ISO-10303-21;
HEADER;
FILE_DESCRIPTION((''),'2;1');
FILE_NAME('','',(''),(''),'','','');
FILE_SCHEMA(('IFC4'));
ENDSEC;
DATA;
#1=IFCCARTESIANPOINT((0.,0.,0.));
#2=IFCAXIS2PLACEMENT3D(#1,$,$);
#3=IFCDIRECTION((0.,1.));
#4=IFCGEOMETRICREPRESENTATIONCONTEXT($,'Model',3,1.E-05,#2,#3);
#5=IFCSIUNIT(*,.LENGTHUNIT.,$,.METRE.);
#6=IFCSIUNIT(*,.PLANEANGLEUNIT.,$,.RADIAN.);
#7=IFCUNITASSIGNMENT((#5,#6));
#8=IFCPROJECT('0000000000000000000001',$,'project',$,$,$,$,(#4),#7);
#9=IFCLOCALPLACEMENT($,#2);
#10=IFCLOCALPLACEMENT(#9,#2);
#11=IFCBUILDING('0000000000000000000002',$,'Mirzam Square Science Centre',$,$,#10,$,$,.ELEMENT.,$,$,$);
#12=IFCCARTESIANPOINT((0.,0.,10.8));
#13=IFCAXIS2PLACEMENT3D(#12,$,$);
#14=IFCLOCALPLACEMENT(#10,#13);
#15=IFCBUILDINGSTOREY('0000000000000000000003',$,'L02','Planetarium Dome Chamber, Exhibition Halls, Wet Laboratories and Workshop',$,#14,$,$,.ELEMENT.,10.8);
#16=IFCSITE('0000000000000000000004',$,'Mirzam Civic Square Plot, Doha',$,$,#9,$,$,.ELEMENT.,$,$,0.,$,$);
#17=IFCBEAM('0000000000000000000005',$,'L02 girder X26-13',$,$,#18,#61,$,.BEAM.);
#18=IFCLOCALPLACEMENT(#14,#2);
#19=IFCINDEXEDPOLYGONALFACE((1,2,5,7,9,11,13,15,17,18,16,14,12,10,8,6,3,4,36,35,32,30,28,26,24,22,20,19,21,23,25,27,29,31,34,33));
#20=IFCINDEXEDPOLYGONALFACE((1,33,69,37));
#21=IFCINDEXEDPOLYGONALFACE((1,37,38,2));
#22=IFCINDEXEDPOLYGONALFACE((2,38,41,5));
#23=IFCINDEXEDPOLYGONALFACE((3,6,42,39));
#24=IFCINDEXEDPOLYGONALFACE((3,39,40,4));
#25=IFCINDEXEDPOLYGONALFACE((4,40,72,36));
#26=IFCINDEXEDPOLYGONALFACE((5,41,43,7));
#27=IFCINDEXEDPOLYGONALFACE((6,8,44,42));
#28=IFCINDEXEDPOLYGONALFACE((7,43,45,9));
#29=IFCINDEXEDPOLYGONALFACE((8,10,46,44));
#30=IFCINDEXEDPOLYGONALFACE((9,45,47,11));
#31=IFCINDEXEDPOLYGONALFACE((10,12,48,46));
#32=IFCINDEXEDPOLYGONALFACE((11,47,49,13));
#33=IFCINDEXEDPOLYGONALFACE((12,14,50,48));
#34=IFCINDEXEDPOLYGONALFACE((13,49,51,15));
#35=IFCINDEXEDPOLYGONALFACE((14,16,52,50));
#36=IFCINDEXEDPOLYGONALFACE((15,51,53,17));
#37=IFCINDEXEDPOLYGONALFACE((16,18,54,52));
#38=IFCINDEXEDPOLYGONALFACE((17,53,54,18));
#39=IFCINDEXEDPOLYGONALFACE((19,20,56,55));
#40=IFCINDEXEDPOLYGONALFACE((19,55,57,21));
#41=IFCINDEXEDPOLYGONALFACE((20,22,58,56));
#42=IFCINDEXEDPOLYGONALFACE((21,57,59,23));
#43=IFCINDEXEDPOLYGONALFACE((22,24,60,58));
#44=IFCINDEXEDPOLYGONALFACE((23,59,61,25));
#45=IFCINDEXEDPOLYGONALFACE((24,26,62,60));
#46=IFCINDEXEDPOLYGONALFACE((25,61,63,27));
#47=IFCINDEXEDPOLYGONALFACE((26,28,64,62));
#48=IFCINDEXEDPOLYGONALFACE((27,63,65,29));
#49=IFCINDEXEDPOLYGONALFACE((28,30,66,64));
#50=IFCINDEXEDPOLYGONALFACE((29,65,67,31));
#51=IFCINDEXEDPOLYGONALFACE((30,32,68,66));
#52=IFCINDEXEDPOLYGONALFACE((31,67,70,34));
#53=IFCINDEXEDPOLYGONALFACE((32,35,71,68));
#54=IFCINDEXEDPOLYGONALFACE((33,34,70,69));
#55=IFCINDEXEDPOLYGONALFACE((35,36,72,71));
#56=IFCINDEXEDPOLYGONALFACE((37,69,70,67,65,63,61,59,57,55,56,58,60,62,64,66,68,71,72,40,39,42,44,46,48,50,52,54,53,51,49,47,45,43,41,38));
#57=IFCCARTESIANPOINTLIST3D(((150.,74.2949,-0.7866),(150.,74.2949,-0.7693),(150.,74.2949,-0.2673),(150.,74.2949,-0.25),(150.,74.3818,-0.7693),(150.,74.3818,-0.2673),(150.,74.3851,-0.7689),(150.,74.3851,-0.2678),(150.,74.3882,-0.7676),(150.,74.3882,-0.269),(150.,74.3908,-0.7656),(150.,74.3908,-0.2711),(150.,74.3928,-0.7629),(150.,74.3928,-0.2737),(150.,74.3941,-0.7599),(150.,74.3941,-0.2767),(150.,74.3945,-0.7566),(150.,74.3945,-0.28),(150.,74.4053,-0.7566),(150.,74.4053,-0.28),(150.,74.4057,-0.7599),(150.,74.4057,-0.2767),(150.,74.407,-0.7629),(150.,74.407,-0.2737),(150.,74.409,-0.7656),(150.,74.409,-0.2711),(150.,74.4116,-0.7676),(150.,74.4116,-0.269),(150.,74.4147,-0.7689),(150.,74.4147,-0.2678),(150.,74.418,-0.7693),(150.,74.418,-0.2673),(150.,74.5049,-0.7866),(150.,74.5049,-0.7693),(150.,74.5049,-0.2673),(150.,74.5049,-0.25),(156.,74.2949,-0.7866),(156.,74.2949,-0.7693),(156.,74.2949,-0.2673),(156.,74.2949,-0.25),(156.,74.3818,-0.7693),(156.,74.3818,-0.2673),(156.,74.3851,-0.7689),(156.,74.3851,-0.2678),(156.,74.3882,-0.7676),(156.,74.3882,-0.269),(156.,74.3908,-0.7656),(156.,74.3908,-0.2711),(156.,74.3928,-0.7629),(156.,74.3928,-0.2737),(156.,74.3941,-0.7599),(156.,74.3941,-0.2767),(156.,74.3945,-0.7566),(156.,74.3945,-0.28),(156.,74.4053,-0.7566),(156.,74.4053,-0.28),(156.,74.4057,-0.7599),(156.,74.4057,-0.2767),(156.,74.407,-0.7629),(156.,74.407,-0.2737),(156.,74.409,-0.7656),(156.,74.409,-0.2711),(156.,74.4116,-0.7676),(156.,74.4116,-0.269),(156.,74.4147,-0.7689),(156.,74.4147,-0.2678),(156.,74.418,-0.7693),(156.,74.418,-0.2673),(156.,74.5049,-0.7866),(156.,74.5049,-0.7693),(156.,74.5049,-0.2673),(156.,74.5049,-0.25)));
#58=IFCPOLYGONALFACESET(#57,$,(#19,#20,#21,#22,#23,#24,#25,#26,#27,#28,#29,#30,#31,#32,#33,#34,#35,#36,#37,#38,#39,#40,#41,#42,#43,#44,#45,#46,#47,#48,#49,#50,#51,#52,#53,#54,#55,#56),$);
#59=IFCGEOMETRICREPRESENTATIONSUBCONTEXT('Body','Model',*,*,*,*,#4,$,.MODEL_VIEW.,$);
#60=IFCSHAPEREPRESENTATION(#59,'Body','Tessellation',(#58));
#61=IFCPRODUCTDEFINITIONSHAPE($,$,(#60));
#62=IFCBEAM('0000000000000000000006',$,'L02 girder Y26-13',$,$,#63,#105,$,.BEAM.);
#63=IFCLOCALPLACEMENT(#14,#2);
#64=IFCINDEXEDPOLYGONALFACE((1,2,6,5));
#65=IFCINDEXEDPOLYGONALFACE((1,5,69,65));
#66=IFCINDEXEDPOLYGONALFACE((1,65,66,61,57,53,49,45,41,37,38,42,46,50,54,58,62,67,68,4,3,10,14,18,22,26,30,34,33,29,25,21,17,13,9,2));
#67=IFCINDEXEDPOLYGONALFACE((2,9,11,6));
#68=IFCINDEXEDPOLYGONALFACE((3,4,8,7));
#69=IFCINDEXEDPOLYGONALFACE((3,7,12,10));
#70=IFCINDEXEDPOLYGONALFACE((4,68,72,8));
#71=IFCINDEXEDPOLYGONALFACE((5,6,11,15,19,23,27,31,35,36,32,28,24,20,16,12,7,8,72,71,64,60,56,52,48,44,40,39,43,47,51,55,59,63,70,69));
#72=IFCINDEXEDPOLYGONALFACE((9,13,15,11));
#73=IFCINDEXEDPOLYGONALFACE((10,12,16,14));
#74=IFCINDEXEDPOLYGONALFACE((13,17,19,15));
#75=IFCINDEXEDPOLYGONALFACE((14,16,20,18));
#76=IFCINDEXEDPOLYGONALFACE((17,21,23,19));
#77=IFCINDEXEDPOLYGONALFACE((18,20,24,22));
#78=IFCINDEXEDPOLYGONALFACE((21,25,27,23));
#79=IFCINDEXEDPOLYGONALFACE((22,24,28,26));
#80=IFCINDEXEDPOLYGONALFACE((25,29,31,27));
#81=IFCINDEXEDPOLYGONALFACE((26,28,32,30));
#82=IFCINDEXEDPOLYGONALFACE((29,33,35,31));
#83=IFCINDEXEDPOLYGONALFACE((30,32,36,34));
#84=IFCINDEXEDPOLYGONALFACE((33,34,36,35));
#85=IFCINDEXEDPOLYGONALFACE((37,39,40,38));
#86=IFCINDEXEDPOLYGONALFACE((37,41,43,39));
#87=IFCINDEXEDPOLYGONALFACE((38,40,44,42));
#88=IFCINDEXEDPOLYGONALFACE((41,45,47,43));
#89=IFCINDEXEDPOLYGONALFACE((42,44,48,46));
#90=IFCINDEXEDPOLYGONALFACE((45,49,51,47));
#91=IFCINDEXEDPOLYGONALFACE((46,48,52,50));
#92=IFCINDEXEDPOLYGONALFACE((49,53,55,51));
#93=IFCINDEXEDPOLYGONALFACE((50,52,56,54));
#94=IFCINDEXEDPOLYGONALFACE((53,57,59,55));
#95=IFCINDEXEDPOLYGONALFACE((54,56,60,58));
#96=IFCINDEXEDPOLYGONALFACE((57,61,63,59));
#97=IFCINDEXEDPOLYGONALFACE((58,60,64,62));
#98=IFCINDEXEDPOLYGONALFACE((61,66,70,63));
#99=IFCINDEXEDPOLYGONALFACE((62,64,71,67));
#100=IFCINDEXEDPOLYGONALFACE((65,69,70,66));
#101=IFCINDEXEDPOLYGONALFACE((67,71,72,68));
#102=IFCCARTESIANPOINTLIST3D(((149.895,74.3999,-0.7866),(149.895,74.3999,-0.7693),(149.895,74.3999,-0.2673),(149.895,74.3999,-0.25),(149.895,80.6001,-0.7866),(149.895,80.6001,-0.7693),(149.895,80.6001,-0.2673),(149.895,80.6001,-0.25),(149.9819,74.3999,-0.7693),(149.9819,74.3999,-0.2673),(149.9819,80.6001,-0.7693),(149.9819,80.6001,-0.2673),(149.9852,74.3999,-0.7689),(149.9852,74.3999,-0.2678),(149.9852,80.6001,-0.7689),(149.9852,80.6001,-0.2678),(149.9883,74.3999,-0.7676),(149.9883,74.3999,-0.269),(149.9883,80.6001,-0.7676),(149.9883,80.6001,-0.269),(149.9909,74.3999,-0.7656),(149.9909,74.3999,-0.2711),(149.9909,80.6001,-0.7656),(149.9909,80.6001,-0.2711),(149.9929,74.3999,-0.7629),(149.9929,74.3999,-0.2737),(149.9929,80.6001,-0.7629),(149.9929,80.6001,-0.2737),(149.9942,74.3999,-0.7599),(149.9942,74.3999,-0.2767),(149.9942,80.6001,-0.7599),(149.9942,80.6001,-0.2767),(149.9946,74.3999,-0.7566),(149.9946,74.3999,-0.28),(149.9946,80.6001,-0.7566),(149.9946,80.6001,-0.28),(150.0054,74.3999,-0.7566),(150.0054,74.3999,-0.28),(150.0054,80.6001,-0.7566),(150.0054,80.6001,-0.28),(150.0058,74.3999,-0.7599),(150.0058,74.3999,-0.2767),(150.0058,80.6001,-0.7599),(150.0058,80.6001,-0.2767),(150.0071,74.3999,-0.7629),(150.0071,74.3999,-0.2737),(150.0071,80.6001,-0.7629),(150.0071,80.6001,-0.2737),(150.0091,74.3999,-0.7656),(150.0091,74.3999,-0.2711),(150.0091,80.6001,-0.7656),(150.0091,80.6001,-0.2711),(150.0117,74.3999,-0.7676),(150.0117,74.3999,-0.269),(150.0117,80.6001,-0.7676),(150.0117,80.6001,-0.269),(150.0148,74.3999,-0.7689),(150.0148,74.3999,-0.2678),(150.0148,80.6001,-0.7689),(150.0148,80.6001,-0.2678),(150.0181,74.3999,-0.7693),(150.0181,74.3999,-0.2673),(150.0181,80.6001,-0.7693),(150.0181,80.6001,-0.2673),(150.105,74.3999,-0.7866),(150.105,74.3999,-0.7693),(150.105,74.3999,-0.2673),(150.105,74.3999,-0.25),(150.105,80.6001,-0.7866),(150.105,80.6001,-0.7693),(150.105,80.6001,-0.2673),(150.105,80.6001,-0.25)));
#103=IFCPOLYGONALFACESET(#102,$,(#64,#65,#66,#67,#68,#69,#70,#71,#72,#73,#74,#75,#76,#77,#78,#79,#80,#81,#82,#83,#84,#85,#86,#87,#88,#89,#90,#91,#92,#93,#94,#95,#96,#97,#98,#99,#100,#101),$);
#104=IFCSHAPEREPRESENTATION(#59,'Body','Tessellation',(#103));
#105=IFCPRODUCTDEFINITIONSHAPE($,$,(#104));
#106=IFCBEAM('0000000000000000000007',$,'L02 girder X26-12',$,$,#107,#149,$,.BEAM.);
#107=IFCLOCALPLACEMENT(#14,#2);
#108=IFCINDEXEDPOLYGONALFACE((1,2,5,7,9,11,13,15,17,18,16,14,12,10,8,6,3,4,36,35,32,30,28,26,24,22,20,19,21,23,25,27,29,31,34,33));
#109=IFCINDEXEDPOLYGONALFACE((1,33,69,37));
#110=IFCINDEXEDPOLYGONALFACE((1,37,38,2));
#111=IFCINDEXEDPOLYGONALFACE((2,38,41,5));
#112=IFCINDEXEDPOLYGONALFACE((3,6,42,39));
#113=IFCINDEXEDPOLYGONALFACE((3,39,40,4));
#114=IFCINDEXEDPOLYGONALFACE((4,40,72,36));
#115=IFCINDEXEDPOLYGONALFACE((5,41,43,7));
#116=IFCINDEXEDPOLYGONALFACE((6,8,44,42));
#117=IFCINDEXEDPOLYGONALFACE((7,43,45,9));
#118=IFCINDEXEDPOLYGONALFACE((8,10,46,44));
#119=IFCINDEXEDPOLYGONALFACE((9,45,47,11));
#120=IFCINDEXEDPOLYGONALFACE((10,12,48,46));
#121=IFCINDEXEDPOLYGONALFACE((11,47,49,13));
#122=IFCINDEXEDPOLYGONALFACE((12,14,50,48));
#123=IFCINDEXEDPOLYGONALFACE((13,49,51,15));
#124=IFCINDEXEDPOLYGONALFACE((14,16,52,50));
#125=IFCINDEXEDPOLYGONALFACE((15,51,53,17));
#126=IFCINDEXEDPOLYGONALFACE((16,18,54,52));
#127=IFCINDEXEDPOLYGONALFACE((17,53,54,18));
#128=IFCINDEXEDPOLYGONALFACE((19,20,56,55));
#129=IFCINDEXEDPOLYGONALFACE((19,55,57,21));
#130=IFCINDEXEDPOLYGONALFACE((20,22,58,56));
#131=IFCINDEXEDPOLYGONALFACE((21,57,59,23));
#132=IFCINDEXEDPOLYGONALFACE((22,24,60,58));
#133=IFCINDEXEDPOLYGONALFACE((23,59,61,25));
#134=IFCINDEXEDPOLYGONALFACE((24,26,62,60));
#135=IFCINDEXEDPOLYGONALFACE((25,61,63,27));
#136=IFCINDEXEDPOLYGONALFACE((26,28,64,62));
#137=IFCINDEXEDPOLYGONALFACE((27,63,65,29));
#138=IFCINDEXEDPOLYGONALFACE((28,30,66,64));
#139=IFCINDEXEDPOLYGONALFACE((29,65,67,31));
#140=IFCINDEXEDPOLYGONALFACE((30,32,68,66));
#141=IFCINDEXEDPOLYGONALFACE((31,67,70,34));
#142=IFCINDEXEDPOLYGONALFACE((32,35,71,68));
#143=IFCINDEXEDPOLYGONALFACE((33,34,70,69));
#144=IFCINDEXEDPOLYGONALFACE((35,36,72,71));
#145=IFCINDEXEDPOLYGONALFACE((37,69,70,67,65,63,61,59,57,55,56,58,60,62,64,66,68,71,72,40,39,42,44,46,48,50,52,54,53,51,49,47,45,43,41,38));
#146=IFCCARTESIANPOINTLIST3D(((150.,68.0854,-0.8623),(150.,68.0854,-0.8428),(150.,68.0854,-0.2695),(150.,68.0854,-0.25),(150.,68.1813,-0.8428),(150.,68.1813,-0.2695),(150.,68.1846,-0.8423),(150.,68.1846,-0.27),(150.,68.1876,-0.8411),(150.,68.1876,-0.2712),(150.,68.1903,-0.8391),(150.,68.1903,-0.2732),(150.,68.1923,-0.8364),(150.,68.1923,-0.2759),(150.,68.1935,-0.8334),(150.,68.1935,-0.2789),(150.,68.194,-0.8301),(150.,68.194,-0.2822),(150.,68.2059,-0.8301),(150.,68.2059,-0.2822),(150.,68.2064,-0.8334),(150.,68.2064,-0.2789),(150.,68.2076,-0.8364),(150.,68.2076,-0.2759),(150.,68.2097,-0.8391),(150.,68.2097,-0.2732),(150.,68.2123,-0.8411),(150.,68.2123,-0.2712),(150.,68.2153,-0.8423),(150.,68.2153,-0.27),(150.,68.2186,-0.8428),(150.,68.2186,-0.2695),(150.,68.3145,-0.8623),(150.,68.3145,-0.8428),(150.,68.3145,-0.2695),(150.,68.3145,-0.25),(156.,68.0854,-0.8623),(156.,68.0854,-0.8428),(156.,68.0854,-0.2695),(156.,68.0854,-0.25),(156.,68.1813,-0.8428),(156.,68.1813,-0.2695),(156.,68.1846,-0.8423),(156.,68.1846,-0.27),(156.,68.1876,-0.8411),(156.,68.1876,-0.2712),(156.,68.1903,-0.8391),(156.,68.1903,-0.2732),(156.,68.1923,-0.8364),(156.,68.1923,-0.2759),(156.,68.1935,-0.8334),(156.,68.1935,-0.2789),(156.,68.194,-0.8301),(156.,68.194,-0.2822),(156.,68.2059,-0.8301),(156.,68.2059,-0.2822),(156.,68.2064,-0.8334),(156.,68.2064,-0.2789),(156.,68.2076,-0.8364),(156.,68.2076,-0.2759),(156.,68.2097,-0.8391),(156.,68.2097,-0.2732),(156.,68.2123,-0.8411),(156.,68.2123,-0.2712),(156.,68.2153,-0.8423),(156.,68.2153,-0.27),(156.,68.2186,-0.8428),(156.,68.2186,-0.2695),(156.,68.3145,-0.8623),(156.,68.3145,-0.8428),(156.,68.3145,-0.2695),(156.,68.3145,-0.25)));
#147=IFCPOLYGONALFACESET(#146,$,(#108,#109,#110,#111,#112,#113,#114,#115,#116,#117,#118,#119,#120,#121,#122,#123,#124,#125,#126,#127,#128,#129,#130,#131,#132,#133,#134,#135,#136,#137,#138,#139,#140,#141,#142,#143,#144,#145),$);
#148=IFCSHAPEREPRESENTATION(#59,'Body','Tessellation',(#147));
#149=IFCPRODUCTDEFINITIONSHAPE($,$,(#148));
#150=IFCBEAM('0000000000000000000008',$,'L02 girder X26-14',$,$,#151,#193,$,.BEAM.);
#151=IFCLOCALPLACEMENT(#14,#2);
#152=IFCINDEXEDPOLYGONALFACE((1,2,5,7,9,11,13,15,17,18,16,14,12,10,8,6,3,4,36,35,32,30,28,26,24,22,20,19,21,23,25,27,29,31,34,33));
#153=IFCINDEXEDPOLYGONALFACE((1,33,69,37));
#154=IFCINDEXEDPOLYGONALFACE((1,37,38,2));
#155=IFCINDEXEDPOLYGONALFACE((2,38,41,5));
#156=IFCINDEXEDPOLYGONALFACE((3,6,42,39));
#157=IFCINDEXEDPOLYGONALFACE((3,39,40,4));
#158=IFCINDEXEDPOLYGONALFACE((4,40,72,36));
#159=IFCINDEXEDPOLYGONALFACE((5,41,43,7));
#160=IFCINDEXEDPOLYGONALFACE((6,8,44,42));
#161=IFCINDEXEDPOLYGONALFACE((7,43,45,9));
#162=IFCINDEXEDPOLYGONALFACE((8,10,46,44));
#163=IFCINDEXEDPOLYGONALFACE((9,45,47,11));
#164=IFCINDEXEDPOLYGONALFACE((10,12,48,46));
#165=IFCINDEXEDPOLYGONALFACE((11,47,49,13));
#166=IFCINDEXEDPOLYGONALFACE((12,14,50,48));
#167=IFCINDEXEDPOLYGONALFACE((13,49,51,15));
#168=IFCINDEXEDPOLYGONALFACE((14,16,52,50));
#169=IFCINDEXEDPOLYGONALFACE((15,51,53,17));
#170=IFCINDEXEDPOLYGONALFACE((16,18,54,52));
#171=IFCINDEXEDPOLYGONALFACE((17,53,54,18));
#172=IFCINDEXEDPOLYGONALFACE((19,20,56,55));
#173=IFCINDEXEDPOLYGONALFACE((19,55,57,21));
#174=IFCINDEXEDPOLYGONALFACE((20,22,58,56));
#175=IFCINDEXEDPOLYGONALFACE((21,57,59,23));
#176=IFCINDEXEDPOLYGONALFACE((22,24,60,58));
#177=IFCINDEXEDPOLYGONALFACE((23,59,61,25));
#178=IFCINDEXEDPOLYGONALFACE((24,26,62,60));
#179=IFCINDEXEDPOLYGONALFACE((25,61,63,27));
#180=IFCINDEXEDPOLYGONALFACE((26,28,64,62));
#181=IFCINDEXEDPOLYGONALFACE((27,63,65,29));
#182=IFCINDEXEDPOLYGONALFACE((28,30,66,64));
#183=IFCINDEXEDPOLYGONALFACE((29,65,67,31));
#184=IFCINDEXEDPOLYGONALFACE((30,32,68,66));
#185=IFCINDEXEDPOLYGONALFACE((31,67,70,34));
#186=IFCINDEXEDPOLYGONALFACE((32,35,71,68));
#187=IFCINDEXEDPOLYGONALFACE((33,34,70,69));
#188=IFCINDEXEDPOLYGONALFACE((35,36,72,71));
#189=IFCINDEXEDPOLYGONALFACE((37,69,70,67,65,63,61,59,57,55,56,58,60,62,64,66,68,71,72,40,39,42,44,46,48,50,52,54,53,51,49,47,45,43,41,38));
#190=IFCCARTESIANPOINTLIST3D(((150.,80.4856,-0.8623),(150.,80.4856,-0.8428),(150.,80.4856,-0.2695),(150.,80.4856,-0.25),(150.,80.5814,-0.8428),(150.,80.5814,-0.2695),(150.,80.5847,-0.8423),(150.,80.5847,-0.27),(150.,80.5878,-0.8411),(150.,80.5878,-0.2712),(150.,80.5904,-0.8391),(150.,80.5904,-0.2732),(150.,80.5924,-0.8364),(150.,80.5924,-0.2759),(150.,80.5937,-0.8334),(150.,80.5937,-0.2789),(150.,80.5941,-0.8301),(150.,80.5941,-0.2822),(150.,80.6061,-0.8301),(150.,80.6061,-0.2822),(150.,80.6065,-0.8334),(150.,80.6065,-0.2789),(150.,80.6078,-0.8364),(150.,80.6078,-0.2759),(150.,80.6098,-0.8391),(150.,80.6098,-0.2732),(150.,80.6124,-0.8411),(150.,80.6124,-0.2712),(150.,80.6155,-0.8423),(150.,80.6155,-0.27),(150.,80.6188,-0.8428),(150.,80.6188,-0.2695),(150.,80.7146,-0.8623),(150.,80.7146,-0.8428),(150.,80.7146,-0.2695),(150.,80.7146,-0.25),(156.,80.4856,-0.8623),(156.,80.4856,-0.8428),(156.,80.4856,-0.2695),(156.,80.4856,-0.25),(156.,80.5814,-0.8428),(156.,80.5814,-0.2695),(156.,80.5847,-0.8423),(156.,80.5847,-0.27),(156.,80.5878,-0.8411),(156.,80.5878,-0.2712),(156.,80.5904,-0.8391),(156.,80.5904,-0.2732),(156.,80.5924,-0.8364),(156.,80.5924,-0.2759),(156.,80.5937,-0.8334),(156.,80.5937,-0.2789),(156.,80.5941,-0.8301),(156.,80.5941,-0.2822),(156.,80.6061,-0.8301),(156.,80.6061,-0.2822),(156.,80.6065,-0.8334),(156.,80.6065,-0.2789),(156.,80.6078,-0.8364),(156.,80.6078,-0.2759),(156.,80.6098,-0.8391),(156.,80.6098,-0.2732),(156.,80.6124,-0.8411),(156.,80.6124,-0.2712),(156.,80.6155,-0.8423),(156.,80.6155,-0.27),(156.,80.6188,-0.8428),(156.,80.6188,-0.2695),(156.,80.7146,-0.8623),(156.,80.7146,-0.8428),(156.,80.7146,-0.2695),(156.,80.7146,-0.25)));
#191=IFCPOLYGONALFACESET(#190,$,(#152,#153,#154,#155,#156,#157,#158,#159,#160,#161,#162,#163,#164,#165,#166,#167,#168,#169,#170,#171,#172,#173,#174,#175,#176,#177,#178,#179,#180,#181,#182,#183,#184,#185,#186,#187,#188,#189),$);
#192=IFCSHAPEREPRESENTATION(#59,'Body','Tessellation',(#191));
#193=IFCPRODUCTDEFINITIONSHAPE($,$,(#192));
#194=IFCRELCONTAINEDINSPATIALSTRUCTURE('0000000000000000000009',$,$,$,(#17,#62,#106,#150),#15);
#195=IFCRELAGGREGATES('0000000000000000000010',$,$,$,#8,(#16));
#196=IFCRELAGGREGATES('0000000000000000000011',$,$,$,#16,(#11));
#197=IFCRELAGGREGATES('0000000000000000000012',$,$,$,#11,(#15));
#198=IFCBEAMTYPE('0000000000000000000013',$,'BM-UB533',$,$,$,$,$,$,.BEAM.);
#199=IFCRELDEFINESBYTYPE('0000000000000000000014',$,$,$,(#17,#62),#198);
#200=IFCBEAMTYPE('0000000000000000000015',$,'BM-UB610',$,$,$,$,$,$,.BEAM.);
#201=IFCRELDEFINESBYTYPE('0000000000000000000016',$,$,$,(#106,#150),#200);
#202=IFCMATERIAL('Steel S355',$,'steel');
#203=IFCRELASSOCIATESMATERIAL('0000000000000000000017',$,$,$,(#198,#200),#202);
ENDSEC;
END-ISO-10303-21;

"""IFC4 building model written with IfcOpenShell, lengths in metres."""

from ifc_helpers import new_model, si_unit, direction, frame, origin, origin_2d, place, context, subcontext, project, spatial, i_section, extrude, material, material_profile, profile_set, type_object, element, save


model = new_model("IFC4")

# Units and contexts
model_context = context("Model", 3, precision=1e-05, world=origin(), true_north=direction((0.0, 1.0)))
body_context = subcontext(model_context, "Body", "Model", "MODEL_VIEW")
ifc_project = project(units=[si_unit("LENGTHUNIT", "METRE"), si_unit("PLANEANGLEUNIT", "RADIAN")], contexts=[model_context])

# Site, building, storey
site_placement = place(None, origin())
site = spatial("IfcSite", under=ifc_project, at=site_placement, Name="Mirzam Civic Square Plot, Doha", CompositionType="ELEMENT", RefElevation=0.0)
building_placement = place(site_placement, origin())
building = spatial("IfcBuilding", under=site, at=building_placement, Name="Mirzam Square Science Centre", CompositionType="ELEMENT")
storey_placement = place(building_placement, frame((0.0, 0.0, 10.8)))
storey = spatial("IfcBuildingStorey", under=building, at=storey_placement, Name="L02", Description="Planetarium Dome Chamber, Exhibition Halls, Wet Laboratories and Workshop", CompositionType="ELEMENT", Elevation=10.8)

# Shared definitions
ifc_material_1 = material(Name="Steel S355", Category="steel")

# Beams
ifc_material_profile_1 = material_profile(ifc_material_1, i_section(OverallWidth=0.21, OverallDepth=0.5366, WebThickness=0.0107, FlangeThickness=0.0173, FilletRadius=0.0127, at=origin_2d()), Name="533x210x101UB")
ifc_profile_set_1 = profile_set([ifc_material_profile_1], Name="Steel S355")
beam_type_1 = type_object("IfcBeamType", Name="BM-UB533", PredefinedType="BEAM", material=ifc_profile_set_1)
for number, where, z_axis, x_axis, name in (
    (1, (150.0, 74.3999, -0.5183), (1.0, 0.0, 0.0), (0.0, 1.0, 0.0), "L02 girder X26-13"),
):
    element("IfcBeam", number, at=place(storey_placement, frame(where, z_axis=z_axis, x_axis=x_axis)), inside=storey, type_object=beam_type_1, Name=name, PredefinedType="BEAM", context=body_context, shape_type="SweptSolid", body=[
        extrude(i_section(OverallWidth=0.21, OverallDepth=0.5366, WebThickness=0.0107, FlangeThickness=0.0173, FilletRadius=0.0127, at=origin_2d()), origin(), (0.0, 0.0, 1.0), 6.0),
    ])
beam_1_placement = place(storey_placement, frame((150.0, 74.3999, -0.5183), z_axis=(0.0, 1.0, 0.0), x_axis=(-1.0, 0.0, 0.0)))
element("IfcBeam", 2, at=beam_1_placement, inside=storey, type_object=beam_type_1, Name="L02 girder Y26-13", PredefinedType="BEAM", context=body_context, shape_type="SweptSolid", body=[
    extrude(i_section(OverallWidth=0.21, OverallDepth=0.5366, WebThickness=0.0107, FlangeThickness=0.0173, FilletRadius=0.0127, at=origin_2d()), origin(), (0.0, 0.0, 1.0), 6.2002),
])
ifc_material_profile_2 = material_profile(ifc_material_1, i_section(OverallWidth=0.229, OverallDepth=0.6123, WebThickness=0.012, FlangeThickness=0.0195, FilletRadius=0.0127, at=origin_2d()), Name="610x229x125UB")
ifc_profile_set_2 = profile_set([ifc_material_profile_2], Name="Steel S355")
beam_type_2 = type_object("IfcBeamType", Name="BM-UB610", PredefinedType="BEAM", material=ifc_profile_set_2)
for number, where, z_axis, x_axis, name in (
    (3, (150.0, 68.2, -0.5562), (1.0, 0.0, 0.0), (0.0, 1.0, 0.0), "L02 girder X26-12"),
    (4, (150.0, 80.6001, -0.5562), (1.0, 0.0, 0.0), (0.0, 1.0, 0.0), "L02 girder X26-14"),
):
    element("IfcBeam", number, at=place(storey_placement, frame(where, z_axis=z_axis, x_axis=x_axis)), inside=storey, type_object=beam_type_2, Name=name, PredefinedType="BEAM", context=body_context, shape_type="SweptSolid", body=[
        extrude(i_section(OverallWidth=0.229, OverallDepth=0.6123, WebThickness=0.012, FlangeThickness=0.0195, FilletRadius=0.0127, at=origin_2d()), origin(), (0.0, 0.0, 1.0), 6.0),
    ])

save(model, "model.ifc")
